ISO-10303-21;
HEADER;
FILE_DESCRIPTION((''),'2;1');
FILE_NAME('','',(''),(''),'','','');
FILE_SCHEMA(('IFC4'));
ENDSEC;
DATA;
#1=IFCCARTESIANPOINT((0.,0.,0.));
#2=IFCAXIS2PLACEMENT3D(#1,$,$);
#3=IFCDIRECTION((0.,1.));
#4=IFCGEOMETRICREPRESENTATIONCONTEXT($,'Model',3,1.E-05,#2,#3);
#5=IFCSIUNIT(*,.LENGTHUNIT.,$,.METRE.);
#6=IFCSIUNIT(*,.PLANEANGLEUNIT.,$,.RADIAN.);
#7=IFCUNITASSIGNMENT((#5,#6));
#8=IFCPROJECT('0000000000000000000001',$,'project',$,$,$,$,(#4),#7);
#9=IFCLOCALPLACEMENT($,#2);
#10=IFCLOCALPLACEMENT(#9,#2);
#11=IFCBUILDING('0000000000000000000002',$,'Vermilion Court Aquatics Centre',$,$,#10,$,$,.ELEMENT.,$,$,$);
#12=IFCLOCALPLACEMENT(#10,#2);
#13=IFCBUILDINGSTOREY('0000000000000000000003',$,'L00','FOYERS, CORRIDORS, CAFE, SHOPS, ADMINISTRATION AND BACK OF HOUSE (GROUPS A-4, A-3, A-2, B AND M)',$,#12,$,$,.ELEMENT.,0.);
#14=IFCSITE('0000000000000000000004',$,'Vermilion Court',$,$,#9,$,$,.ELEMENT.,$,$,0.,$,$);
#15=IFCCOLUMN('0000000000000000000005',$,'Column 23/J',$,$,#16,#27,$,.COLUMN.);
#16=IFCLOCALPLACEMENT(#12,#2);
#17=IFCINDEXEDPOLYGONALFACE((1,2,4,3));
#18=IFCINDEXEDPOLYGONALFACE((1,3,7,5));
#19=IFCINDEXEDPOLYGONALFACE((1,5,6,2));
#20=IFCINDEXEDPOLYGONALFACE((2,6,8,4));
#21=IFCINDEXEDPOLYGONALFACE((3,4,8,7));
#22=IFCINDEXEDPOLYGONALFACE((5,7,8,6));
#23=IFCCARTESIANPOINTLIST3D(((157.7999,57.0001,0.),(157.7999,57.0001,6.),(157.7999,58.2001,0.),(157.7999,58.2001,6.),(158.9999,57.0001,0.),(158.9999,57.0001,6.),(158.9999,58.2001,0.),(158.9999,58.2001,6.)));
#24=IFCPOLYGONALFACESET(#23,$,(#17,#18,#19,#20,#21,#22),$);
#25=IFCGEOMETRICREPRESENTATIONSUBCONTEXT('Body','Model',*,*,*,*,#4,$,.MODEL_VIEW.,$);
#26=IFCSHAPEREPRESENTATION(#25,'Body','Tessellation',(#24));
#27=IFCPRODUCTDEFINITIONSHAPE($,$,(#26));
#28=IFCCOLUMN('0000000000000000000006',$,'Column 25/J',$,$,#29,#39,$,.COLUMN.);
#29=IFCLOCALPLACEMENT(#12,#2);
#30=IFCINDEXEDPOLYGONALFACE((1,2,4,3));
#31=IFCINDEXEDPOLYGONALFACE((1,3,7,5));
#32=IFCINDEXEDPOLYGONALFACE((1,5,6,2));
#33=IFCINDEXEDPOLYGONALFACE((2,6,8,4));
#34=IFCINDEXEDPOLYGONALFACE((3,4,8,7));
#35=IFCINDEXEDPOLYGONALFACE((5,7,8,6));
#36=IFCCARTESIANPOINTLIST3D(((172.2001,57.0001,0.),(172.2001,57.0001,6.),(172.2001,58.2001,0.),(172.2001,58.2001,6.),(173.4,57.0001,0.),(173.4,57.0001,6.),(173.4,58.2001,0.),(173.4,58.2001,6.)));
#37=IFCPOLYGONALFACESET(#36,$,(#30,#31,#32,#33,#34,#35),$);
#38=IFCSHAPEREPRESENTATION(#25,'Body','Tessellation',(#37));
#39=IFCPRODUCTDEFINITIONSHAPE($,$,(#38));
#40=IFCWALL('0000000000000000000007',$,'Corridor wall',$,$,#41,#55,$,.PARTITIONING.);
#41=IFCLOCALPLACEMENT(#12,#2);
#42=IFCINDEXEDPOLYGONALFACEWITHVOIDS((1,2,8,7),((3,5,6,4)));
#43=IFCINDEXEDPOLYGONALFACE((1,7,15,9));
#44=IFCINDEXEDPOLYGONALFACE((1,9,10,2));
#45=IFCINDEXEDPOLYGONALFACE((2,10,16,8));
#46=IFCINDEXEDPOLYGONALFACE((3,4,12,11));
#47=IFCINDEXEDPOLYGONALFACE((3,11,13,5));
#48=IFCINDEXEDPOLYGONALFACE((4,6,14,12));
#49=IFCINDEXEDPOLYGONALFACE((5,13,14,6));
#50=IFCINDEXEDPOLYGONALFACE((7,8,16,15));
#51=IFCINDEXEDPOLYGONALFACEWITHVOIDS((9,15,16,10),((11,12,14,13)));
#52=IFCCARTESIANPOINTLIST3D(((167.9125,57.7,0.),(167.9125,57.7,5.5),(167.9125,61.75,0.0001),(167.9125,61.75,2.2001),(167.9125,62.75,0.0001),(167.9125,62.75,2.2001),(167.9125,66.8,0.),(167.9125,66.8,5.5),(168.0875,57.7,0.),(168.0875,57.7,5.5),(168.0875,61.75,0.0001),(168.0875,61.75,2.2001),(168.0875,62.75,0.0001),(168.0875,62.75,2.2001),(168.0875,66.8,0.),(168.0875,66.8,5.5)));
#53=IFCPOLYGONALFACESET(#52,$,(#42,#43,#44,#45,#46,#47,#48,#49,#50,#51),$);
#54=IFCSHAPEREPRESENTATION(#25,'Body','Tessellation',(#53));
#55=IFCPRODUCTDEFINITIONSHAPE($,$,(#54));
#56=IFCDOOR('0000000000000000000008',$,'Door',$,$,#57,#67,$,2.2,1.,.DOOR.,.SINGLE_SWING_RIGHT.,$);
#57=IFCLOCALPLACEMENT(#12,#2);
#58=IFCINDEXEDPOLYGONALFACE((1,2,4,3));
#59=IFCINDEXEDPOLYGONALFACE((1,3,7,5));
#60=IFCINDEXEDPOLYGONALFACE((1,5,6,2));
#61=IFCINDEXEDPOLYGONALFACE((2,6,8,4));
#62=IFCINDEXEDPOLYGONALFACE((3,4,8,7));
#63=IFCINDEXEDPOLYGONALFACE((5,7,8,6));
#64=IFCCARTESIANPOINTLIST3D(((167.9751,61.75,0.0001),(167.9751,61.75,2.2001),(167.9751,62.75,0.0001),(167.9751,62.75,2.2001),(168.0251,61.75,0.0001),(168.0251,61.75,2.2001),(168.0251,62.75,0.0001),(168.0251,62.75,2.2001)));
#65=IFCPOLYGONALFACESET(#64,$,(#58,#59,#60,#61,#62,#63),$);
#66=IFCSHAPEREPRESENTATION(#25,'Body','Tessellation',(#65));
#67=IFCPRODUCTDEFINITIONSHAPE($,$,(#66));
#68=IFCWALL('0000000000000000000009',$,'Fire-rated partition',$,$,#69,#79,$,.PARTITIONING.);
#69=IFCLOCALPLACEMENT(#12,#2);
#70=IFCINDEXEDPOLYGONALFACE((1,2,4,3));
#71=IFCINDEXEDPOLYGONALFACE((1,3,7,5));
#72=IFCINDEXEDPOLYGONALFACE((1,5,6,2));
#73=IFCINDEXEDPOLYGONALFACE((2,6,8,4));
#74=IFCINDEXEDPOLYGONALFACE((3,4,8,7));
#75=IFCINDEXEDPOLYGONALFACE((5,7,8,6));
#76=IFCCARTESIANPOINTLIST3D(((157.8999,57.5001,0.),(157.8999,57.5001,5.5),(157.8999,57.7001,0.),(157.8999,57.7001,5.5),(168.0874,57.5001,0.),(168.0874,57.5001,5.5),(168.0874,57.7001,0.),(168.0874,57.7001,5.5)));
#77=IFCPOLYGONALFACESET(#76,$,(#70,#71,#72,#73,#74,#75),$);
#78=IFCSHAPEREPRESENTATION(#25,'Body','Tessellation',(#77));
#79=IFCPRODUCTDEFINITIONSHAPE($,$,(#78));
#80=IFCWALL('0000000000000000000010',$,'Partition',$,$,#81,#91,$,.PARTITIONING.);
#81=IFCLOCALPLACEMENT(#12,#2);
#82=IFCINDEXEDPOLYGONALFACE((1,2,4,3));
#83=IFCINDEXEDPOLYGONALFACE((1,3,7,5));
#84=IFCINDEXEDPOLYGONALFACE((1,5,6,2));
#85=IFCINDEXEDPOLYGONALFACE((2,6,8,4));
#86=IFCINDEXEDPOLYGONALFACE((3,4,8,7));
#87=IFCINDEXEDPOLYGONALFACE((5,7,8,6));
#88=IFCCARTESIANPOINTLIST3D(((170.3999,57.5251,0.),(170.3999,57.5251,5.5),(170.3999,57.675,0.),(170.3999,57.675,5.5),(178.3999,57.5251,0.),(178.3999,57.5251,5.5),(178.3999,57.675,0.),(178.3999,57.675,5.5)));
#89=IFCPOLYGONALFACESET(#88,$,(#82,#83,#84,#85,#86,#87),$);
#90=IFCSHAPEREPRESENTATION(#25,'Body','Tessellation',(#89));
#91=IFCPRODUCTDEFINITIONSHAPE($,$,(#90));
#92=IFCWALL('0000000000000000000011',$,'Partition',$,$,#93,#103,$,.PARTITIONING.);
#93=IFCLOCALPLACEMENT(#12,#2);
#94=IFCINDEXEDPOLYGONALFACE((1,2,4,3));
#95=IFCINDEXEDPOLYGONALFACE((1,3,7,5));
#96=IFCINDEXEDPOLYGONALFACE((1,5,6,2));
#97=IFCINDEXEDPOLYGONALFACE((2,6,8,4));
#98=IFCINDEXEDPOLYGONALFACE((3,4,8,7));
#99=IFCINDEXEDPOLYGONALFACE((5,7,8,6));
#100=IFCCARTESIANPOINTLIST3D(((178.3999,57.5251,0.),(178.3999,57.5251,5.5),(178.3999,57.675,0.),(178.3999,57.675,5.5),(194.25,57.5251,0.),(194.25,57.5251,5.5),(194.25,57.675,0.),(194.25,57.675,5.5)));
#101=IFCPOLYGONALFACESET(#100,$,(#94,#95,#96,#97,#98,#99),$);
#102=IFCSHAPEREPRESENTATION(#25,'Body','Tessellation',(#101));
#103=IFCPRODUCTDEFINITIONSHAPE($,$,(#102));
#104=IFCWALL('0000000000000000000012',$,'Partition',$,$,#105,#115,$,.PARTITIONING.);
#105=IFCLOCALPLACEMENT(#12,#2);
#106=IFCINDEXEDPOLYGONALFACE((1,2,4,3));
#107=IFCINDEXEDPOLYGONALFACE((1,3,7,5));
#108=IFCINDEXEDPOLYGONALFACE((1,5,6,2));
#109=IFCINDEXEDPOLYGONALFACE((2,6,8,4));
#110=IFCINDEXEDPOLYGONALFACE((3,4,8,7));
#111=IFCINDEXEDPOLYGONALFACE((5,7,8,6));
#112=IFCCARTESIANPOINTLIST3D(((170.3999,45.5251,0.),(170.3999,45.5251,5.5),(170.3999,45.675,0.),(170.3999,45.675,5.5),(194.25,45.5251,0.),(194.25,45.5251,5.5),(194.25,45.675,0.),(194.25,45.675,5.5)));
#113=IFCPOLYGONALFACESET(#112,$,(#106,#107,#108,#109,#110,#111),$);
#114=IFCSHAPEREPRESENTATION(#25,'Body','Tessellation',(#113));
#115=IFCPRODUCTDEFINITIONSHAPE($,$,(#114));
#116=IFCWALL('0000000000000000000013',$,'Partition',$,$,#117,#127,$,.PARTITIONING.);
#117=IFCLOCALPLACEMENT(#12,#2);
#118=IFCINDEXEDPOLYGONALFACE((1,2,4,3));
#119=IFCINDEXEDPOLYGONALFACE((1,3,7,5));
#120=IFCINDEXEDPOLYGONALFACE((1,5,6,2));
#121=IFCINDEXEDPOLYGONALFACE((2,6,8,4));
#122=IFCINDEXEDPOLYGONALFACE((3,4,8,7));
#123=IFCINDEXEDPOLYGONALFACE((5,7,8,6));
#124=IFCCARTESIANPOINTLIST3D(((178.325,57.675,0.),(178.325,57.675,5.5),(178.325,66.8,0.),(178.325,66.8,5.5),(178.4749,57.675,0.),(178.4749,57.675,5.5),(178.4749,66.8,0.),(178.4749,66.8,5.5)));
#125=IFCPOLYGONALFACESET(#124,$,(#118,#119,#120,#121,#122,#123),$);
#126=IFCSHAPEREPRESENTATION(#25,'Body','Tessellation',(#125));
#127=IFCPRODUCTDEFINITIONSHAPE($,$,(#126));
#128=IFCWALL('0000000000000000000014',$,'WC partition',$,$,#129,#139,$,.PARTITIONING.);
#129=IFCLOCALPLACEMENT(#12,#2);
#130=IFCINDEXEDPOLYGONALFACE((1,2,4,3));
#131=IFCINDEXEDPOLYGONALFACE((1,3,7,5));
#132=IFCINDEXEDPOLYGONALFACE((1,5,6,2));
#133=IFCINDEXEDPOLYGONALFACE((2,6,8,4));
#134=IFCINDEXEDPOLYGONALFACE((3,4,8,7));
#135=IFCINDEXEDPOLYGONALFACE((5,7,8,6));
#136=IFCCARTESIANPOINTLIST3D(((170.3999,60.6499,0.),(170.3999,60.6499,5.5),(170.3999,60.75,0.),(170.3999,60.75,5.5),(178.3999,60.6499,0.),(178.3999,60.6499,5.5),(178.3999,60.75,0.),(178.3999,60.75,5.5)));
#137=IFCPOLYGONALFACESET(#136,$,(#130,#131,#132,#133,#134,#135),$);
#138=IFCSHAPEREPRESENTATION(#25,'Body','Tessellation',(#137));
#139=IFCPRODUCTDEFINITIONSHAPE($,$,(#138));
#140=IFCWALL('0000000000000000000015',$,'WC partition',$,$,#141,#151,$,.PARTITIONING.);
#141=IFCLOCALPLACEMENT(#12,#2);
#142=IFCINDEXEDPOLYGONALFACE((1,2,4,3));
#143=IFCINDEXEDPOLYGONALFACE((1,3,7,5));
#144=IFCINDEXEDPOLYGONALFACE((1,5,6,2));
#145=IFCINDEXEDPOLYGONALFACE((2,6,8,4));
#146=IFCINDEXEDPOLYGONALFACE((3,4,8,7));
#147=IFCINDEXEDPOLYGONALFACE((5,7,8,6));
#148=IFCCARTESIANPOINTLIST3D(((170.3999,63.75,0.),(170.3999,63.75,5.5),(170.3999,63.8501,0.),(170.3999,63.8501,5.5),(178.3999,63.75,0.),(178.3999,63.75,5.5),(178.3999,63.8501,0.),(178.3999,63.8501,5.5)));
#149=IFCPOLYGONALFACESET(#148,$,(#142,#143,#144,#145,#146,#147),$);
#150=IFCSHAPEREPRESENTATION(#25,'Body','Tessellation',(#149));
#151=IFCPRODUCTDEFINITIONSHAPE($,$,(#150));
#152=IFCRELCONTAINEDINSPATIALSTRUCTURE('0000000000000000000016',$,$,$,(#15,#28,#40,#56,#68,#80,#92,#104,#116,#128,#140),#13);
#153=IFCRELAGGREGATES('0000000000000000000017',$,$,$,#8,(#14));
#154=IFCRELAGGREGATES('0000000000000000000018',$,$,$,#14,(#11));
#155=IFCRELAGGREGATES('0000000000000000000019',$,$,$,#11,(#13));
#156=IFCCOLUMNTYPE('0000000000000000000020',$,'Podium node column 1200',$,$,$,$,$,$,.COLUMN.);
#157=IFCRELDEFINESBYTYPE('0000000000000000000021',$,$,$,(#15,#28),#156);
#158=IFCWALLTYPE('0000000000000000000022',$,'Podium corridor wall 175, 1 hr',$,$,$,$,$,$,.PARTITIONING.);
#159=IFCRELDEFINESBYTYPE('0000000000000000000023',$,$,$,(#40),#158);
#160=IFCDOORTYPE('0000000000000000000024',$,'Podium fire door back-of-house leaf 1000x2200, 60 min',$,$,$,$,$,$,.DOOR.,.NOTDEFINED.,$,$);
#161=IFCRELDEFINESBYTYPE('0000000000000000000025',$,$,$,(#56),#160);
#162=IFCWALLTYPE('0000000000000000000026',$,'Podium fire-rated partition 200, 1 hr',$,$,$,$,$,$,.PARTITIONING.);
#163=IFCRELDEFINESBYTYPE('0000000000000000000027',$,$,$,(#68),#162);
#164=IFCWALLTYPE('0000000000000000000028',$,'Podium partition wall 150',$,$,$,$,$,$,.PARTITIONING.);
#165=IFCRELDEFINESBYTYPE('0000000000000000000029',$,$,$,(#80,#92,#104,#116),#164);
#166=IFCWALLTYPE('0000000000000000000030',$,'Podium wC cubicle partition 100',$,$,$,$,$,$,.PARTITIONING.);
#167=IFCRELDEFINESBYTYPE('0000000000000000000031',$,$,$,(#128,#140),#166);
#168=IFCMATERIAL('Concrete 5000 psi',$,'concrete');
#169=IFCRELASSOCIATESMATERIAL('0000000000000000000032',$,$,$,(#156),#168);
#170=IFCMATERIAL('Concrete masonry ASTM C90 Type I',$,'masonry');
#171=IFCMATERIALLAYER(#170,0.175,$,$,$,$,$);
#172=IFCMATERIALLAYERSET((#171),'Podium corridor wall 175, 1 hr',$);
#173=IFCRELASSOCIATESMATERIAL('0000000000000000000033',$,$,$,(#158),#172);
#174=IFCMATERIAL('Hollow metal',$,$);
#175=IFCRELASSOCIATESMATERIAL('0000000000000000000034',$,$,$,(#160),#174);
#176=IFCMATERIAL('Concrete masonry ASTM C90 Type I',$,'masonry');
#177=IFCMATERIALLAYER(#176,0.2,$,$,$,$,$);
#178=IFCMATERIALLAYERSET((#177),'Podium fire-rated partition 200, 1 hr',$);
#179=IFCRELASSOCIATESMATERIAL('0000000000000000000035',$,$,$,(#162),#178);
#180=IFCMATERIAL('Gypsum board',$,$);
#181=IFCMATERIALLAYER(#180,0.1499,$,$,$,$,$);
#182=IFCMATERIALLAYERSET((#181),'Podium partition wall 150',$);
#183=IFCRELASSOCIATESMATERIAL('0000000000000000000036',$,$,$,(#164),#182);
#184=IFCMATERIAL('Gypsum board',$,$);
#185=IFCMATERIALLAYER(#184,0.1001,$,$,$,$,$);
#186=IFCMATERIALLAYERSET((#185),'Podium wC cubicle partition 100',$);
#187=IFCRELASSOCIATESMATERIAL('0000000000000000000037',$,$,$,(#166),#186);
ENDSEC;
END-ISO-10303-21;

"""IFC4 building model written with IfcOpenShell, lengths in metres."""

from ifc_helpers import new_model, si_unit, direction, frame, frame_2d, origin, origin_2d, place, context, subcontext, project, spatial, rectangle, extrude, material, layer, layer_set, material_profile, profile_set, type_object, element, fill, save


model = new_model("IFC4")

# Units and contexts
model_context = context("Model", 3, precision=1e-05, world=origin(), true_north=direction((0.0, 1.0)))
body_context = subcontext(model_context, "Body", "Model", "MODEL_VIEW")
ifc_project = project(units=[si_unit("LENGTHUNIT", "METRE"), si_unit("PLANEANGLEUNIT", "RADIAN")], contexts=[model_context])

# Site, building, storey
site_placement = place(None, origin())
site = spatial("IfcSite", under=ifc_project, at=site_placement, Name="Vermilion Court", CompositionType="ELEMENT", RefElevation=0.0)
building_placement = place(site_placement, origin())
building = spatial("IfcBuilding", under=site, at=building_placement, Name="Vermilion Court Aquatics Centre", CompositionType="ELEMENT")
storey_placement = place(building_placement, origin())
storey = spatial("IfcBuildingStorey", under=building, at=storey_placement, Name="L00", Description="FOYERS, CORRIDORS, CAFE, SHOPS, ADMINISTRATION AND BACK OF HOUSE (GROUPS A-4, A-3, A-2, B AND M)", CompositionType="ELEMENT", Elevation=0.0)

# Columns
ifc_material_1 = material(Name="Concrete 5000 psi", Category="concrete")
ifc_material_profile_1 = material_profile(ifc_material_1, rectangle(XDim=1.2, YDim=1.2, at=origin_2d()), Name="RC 1200x1200")
ifc_profile_set_1 = profile_set([ifc_material_profile_1], Name="Concrete 5000 psi")
column_type_1 = type_object("IfcColumnType", Name="Podium node column 1200", PredefinedType="COLUMN", material=ifc_profile_set_1)
for number, where, z_axis, x_axis, name in (
    (1, (158.3999, 57.6001, 0.0), (0.0, 0.0, 1.0), (1.0, 0.0, 0.0), "Column 23/J"),
    (2, (172.8, 57.6001, 0.0), (0.0, 0.0, 1.0), (1.0, 0.0, 0.0), "Column 25/J"),
):
    element("IfcColumn", number, at=place(storey_placement, frame(where, z_axis=z_axis, x_axis=x_axis)), inside=storey, type_object=column_type_1, Name=name, PredefinedType="COLUMN", context=body_context, shape_type="SweptSolid", body=[
        extrude(rectangle(XDim=1.2, YDim=1.2, at=origin_2d()), origin(), (0.0, 0.0, 1.0), 6.0),
    ])

# Wall, opening, door
ifc_material_2 = material(Name="Concrete masonry ASTM C90 Type I", Category="masonry")
ifc_layer_1 = layer(ifc_material_2, 0.175)
ifc_layer_set_1 = layer_set([ifc_layer_1], Name="Podium corridor wall 175, 1 hr")
wall_type_1 = type_object("IfcWallType", Name="Podium corridor wall 175, 1 hr", PredefinedType="PARTITIONING", material=ifc_layer_set_1)
wall_1_placement = place(storey_placement, frame((168.0, 57.7, 0.0), z_axis=(0.0, 0.0, 1.0), x_axis=(0.0, 1.0, 0.0)))
wall_1 = element("IfcWall", 3, at=wall_1_placement, inside=storey, type_object=wall_type_1, Name="Corridor wall", PredefinedType="PARTITIONING", context=body_context, shape_type="SweptSolid", body=[
    extrude(rectangle(XDim=9.1001, YDim=0.175, at=frame_2d((4.55, 0.0))), origin(), (0.0, 0.0, 1.0), 5.5),
])
opening_placement = place(wall_1_placement, frame((4.05, 0.0, 0.0)))
opening = element("IfcOpeningElement", 4, at=opening_placement, cuts=wall_1, PredefinedType="OPENING", context=body_context, shape_type="SweptSolid", body=[
    extrude(rectangle(XDim=1.0, YDim=2.2, at=frame_2d((0.5, 1.1001))), frame((0.0, 0.0974, 0.0), z_axis=(0.0, -1.0, 0.0), x_axis=(1.0, 0.0, 0.0)), (0.0, 0.0, 1.0), 0.1951),
])
ifc_material_3 = material(Name="Hollow metal")
door_type = type_object("IfcDoorType", Name="Podium fire door back-of-house leaf 1000x2200, 60 min", OperationType="NOTDEFINED", PredefinedType="DOOR", material=ifc_material_3)
door_placement = place(opening_placement, frame((1.0, 0.0, 0.0), z_axis=(0.0, 0.0, 1.0), x_axis=(-1.0, 0.0, 0.0)))
door = element("IfcDoor", 5, at=door_placement, inside=storey, type_object=door_type, Name="Door", OperationType="SINGLE_SWING_RIGHT", OverallHeight=2.2, OverallWidth=1.0, PredefinedType="DOOR", context=body_context, shape_type="SweptSolid", body=[
    extrude(rectangle(XDim=1.0, YDim=2.2, at=frame_2d((0.5, 1.1001))), frame((0.0, 0.0251, 0.0), z_axis=(0.0, -1.0, 0.0), x_axis=(1.0, 0.0, 0.0)), (0.0, 0.0, 1.0), 0.05),
])
fill(opening, door)

# Walls
ifc_material_4 = material(Name="Concrete masonry ASTM C90 Type I", Category="masonry")
ifc_layer_2 = layer(ifc_material_4, 0.2)
ifc_layer_set_2 = layer_set([ifc_layer_2], Name="Podium fire-rated partition 200, 1 hr")
wall_type_2 = type_object("IfcWallType", Name="Podium fire-rated partition 200, 1 hr", PredefinedType="PARTITIONING", material=ifc_layer_set_2)
wall_2_placement = place(storey_placement, frame((157.8999, 57.6001, 0.0), z_axis=(0.0, 0.0, 1.0), x_axis=(1.0, 0.0, 0.0)))
element("IfcWall", 6, at=wall_2_placement, inside=storey, type_object=wall_type_2, Name="Fire-rated partition", PredefinedType="PARTITIONING", context=body_context, shape_type="SweptSolid", body=[
    extrude(rectangle(XDim=10.1875, YDim=0.2, at=frame_2d((5.0938, 0.0))), origin(), (0.0, 0.0, 1.0), 5.5),
])
ifc_material_5 = material(Name="Gypsum board")
ifc_layer_3 = layer(ifc_material_5, 0.1499)
ifc_layer_set_3 = layer_set([ifc_layer_3], Name="Podium partition wall 150")
wall_type_3 = type_object("IfcWallType", Name="Podium partition wall 150", PredefinedType="PARTITIONING", material=ifc_layer_set_3)
wall_3_placement = place(storey_placement, frame((170.3999, 57.6001, 0.0), z_axis=(0.0, 0.0, 1.0), x_axis=(1.0, 0.0, 0.0)))
element("IfcWall", 7, at=wall_3_placement, inside=storey, type_object=wall_type_3, Name="Partition", PredefinedType="PARTITIONING", context=body_context, shape_type="SweptSolid", body=[
    extrude(rectangle(XDim=8.0, YDim=0.1499, at=frame_2d((4.0, 0.0))), origin(), (0.0, 0.0, 1.0), 5.5),
])
wall_4_placement = place(storey_placement, frame((178.3999, 57.6001, 0.0), z_axis=(0.0, 0.0, 1.0), x_axis=(1.0, 0.0, 0.0)))
element("IfcWall", 8, at=wall_4_placement, inside=storey, type_object=wall_type_3, Name="Partition", PredefinedType="PARTITIONING", context=body_context, shape_type="SweptSolid", body=[
    extrude(rectangle(XDim=15.8501, YDim=0.1499, at=frame_2d((7.925, 0.0))), origin(), (0.0, 0.0, 1.0), 5.5),
])
wall_5_placement = place(storey_placement, frame((170.3999, 45.6001, 0.0), z_axis=(0.0, 0.0, 1.0), x_axis=(1.0, 0.0, 0.0)))
element("IfcWall", 9, at=wall_5_placement, inside=storey, type_object=wall_type_3, Name="Partition", PredefinedType="PARTITIONING", context=body_context, shape_type="SweptSolid", body=[
    extrude(rectangle(XDim=23.8501, YDim=0.1499, at=frame_2d((11.925, 0.0))), origin(), (0.0, 0.0, 1.0), 5.5),
])
wall_6_placement = place(storey_placement, frame((178.3999, 57.675, 0.0), z_axis=(0.0, 0.0, 1.0), x_axis=(0.0, 1.0, 0.0)))
element("IfcWall", 10, at=wall_6_placement, inside=storey, type_object=wall_type_3, Name="Partition", PredefinedType="PARTITIONING", context=body_context, shape_type="SweptSolid", body=[
    extrude(rectangle(XDim=9.125, YDim=0.1499, at=frame_2d((4.5625, 0.0))), origin(), (0.0, 0.0, 1.0), 5.5),
])
ifc_material_6 = material(Name="Gypsum board")
ifc_layer_4 = layer(ifc_material_6, 0.1001)
ifc_layer_set_4 = layer_set([ifc_layer_4], Name="Podium wC cubicle partition 100")
wall_type_4 = type_object("IfcWallType", Name="Podium wC cubicle partition 100", PredefinedType="PARTITIONING", material=ifc_layer_set_4)
for number, where, z_axis, x_axis, name in (
    (11, (170.3999, 60.7, 0.0), (0.0, 0.0, 1.0), (1.0, 0.0, 0.0), "WC partition"),
    (12, (170.3999, 63.8, 0.0), (0.0, 0.0, 1.0), (1.0, 0.0, 0.0), "WC partition"),
):
    element("IfcWall", number, at=place(storey_placement, frame(where, z_axis=z_axis, x_axis=x_axis)), inside=storey, type_object=wall_type_4, Name=name, PredefinedType="PARTITIONING", context=body_context, shape_type="SweptSolid", body=[
        extrude(rectangle(XDim=8.0, YDim=0.1001, at=frame_2d((4.0, 0.0))), origin(), (0.0, 0.0, 1.0), 5.5),
    ])

save(model, "model.ifc")
